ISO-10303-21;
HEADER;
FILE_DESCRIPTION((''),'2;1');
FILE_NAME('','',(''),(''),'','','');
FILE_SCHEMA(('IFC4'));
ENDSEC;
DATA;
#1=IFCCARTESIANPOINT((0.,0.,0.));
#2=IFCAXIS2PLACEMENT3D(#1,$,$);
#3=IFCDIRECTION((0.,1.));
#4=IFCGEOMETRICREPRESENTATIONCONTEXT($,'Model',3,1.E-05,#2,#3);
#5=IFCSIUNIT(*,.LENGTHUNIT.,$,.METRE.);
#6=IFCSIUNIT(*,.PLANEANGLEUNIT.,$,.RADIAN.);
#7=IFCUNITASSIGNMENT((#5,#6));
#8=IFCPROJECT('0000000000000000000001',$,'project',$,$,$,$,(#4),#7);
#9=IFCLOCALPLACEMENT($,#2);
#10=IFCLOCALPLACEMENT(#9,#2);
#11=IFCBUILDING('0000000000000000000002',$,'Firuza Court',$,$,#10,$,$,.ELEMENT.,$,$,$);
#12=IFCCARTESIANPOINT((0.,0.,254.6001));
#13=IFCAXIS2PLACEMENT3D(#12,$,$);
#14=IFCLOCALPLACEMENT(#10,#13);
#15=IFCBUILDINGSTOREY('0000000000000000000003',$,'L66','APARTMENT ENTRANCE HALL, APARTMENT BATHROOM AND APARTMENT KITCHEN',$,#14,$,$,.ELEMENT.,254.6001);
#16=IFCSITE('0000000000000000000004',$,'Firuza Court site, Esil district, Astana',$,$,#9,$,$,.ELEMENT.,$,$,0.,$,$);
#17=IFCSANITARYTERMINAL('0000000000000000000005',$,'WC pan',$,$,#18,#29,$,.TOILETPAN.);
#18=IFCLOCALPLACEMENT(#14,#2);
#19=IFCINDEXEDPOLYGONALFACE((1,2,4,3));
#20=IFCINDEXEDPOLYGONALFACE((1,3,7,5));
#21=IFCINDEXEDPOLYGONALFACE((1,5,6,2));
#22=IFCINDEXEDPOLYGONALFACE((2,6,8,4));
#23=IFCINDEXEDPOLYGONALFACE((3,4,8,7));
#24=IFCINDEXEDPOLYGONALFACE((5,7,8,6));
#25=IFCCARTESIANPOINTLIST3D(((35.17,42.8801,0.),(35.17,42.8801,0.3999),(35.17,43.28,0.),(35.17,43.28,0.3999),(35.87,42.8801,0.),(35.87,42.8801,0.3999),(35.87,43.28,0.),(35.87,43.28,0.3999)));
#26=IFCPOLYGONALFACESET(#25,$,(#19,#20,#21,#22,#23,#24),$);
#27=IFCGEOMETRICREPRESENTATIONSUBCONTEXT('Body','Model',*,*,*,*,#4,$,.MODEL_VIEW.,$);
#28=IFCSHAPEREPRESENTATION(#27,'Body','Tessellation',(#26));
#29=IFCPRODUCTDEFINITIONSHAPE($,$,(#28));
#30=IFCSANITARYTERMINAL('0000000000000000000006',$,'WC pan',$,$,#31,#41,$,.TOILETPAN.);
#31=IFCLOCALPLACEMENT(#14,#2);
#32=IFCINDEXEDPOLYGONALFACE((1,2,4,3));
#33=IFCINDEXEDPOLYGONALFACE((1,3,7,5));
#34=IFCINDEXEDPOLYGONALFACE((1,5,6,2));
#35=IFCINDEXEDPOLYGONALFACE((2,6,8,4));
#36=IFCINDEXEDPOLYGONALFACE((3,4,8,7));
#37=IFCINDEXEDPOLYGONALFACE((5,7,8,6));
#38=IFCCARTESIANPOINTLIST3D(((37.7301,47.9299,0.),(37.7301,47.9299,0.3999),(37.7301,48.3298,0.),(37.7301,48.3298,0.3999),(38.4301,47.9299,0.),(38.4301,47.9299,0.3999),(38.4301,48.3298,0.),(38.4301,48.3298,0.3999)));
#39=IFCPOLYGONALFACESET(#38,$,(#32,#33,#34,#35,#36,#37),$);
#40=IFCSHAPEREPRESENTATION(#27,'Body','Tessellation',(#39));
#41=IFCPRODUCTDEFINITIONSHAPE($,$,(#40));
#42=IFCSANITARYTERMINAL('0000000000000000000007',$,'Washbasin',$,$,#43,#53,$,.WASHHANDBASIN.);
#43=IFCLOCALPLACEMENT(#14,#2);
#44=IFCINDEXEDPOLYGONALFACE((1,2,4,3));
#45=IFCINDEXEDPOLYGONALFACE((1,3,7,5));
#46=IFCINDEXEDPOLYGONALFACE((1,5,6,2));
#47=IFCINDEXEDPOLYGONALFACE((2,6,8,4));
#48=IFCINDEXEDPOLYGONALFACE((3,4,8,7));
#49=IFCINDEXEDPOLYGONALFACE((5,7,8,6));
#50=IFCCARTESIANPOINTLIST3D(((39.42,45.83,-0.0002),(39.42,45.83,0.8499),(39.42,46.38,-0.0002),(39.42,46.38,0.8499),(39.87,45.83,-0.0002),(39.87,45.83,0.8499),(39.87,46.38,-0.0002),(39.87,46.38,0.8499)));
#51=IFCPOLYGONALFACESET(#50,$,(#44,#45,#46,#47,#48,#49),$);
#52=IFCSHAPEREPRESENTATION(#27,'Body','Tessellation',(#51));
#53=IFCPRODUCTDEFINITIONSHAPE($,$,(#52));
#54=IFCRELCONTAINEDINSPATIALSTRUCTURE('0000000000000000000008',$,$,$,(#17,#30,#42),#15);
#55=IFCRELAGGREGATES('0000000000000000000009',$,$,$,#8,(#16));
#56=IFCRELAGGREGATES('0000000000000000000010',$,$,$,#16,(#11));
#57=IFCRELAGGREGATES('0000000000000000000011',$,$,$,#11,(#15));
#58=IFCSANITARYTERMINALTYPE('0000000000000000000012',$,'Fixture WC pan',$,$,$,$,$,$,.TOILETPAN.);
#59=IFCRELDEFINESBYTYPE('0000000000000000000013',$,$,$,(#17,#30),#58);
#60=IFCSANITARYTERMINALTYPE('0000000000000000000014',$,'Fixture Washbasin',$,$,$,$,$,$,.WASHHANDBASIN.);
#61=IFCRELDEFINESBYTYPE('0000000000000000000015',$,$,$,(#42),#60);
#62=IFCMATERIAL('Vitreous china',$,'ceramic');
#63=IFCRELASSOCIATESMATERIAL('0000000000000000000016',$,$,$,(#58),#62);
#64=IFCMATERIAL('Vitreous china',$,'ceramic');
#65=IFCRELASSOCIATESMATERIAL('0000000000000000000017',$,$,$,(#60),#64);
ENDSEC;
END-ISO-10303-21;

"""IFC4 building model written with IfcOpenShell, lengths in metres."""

from ifc_helpers import new_model, si_unit, direction, frame, origin, origin_2d, place, context, subcontext, project, spatial, rectangle, extrude, material, type_object, element, save


model = new_model("IFC4")

# Units and contexts
model_context = context("Model", 3, precision=1e-05, world=origin(), true_north=direction((0.0, 1.0)))
body_context = subcontext(model_context, "Body", "Model", "MODEL_VIEW")
ifc_project = project(units=[si_unit("LENGTHUNIT", "METRE"), si_unit("PLANEANGLEUNIT", "RADIAN")], contexts=[model_context])

# Site, building, storey
site_placement = place(None, origin())
site = spatial("IfcSite", under=ifc_project, at=site_placement, Name="Firuza Court site, Esil district, Astana", CompositionType="ELEMENT", RefElevation=0.0)
building_placement = place(site_placement, origin())
building = spatial("IfcBuilding", under=site, at=building_placement, Name="Firuza Court", CompositionType="ELEMENT")
storey_placement = place(building_placement, frame((0.0, 0.0, 254.6001)))
storey = spatial("IfcBuildingStorey", under=building, at=storey_placement, Name="L66", Description="APARTMENT ENTRANCE HALL, APARTMENT BATHROOM AND APARTMENT KITCHEN", CompositionType="ELEMENT", Elevation=254.6001)

# Sanitary terminals
ifc_material_1 = material(Name="Vitreous china", Category="ceramic")
sanitary_terminal_type_1 = type_object("IfcSanitaryTerminalType", Name="Fixture WC pan", PredefinedType="TOILETPAN", material=ifc_material_1)
for number, where, z_axis, x_axis, name in (
    (1, (35.52, 43.0801, 0.0), (0.0, 0.0, 1.0), (1.0, 0.0, 0.0), "WC pan"),
    (2, (38.0801, 48.1299, 0.0), (0.0, 0.0, 1.0), (1.0, 0.0, 0.0), "WC pan"),
):
    element("IfcSanitaryTerminal", number, at=place(storey_placement, frame(where, z_axis=z_axis, x_axis=x_axis)), inside=storey, type_object=sanitary_terminal_type_1, Name=name, PredefinedType="TOILETPAN", context=body_context, shape_type="SweptSolid", body=[
        extrude(rectangle(XDim=0.7, YDim=0.3999, at=origin_2d()), origin(), (0.0, 0.0, 1.0), 0.3999),
    ])
ifc_material_2 = material(Name="Vitreous china", Category="ceramic")
sanitary_terminal_type_2 = type_object("IfcSanitaryTerminalType", Name="Fixture Washbasin", PredefinedType="WASHHANDBASIN", material=ifc_material_2)
sanitary_terminal_1_placement = place(storey_placement, frame((39.645, 46.105, -0.0002), z_axis=(0.0, 0.0, 1.0), x_axis=(1.0, 0.0, 0.0)))
element("IfcSanitaryTerminal", 3, at=sanitary_terminal_1_placement, inside=storey, type_object=sanitary_terminal_type_2, Name="Washbasin", PredefinedType="WASHHANDBASIN", context=body_context, shape_type="SweptSolid", body=[
    extrude(rectangle(XDim=0.45, YDim=0.55, at=origin_2d()), origin(), (0.0, 0.0, 1.0), 0.8501),
])

save(model, "model.ifc")
